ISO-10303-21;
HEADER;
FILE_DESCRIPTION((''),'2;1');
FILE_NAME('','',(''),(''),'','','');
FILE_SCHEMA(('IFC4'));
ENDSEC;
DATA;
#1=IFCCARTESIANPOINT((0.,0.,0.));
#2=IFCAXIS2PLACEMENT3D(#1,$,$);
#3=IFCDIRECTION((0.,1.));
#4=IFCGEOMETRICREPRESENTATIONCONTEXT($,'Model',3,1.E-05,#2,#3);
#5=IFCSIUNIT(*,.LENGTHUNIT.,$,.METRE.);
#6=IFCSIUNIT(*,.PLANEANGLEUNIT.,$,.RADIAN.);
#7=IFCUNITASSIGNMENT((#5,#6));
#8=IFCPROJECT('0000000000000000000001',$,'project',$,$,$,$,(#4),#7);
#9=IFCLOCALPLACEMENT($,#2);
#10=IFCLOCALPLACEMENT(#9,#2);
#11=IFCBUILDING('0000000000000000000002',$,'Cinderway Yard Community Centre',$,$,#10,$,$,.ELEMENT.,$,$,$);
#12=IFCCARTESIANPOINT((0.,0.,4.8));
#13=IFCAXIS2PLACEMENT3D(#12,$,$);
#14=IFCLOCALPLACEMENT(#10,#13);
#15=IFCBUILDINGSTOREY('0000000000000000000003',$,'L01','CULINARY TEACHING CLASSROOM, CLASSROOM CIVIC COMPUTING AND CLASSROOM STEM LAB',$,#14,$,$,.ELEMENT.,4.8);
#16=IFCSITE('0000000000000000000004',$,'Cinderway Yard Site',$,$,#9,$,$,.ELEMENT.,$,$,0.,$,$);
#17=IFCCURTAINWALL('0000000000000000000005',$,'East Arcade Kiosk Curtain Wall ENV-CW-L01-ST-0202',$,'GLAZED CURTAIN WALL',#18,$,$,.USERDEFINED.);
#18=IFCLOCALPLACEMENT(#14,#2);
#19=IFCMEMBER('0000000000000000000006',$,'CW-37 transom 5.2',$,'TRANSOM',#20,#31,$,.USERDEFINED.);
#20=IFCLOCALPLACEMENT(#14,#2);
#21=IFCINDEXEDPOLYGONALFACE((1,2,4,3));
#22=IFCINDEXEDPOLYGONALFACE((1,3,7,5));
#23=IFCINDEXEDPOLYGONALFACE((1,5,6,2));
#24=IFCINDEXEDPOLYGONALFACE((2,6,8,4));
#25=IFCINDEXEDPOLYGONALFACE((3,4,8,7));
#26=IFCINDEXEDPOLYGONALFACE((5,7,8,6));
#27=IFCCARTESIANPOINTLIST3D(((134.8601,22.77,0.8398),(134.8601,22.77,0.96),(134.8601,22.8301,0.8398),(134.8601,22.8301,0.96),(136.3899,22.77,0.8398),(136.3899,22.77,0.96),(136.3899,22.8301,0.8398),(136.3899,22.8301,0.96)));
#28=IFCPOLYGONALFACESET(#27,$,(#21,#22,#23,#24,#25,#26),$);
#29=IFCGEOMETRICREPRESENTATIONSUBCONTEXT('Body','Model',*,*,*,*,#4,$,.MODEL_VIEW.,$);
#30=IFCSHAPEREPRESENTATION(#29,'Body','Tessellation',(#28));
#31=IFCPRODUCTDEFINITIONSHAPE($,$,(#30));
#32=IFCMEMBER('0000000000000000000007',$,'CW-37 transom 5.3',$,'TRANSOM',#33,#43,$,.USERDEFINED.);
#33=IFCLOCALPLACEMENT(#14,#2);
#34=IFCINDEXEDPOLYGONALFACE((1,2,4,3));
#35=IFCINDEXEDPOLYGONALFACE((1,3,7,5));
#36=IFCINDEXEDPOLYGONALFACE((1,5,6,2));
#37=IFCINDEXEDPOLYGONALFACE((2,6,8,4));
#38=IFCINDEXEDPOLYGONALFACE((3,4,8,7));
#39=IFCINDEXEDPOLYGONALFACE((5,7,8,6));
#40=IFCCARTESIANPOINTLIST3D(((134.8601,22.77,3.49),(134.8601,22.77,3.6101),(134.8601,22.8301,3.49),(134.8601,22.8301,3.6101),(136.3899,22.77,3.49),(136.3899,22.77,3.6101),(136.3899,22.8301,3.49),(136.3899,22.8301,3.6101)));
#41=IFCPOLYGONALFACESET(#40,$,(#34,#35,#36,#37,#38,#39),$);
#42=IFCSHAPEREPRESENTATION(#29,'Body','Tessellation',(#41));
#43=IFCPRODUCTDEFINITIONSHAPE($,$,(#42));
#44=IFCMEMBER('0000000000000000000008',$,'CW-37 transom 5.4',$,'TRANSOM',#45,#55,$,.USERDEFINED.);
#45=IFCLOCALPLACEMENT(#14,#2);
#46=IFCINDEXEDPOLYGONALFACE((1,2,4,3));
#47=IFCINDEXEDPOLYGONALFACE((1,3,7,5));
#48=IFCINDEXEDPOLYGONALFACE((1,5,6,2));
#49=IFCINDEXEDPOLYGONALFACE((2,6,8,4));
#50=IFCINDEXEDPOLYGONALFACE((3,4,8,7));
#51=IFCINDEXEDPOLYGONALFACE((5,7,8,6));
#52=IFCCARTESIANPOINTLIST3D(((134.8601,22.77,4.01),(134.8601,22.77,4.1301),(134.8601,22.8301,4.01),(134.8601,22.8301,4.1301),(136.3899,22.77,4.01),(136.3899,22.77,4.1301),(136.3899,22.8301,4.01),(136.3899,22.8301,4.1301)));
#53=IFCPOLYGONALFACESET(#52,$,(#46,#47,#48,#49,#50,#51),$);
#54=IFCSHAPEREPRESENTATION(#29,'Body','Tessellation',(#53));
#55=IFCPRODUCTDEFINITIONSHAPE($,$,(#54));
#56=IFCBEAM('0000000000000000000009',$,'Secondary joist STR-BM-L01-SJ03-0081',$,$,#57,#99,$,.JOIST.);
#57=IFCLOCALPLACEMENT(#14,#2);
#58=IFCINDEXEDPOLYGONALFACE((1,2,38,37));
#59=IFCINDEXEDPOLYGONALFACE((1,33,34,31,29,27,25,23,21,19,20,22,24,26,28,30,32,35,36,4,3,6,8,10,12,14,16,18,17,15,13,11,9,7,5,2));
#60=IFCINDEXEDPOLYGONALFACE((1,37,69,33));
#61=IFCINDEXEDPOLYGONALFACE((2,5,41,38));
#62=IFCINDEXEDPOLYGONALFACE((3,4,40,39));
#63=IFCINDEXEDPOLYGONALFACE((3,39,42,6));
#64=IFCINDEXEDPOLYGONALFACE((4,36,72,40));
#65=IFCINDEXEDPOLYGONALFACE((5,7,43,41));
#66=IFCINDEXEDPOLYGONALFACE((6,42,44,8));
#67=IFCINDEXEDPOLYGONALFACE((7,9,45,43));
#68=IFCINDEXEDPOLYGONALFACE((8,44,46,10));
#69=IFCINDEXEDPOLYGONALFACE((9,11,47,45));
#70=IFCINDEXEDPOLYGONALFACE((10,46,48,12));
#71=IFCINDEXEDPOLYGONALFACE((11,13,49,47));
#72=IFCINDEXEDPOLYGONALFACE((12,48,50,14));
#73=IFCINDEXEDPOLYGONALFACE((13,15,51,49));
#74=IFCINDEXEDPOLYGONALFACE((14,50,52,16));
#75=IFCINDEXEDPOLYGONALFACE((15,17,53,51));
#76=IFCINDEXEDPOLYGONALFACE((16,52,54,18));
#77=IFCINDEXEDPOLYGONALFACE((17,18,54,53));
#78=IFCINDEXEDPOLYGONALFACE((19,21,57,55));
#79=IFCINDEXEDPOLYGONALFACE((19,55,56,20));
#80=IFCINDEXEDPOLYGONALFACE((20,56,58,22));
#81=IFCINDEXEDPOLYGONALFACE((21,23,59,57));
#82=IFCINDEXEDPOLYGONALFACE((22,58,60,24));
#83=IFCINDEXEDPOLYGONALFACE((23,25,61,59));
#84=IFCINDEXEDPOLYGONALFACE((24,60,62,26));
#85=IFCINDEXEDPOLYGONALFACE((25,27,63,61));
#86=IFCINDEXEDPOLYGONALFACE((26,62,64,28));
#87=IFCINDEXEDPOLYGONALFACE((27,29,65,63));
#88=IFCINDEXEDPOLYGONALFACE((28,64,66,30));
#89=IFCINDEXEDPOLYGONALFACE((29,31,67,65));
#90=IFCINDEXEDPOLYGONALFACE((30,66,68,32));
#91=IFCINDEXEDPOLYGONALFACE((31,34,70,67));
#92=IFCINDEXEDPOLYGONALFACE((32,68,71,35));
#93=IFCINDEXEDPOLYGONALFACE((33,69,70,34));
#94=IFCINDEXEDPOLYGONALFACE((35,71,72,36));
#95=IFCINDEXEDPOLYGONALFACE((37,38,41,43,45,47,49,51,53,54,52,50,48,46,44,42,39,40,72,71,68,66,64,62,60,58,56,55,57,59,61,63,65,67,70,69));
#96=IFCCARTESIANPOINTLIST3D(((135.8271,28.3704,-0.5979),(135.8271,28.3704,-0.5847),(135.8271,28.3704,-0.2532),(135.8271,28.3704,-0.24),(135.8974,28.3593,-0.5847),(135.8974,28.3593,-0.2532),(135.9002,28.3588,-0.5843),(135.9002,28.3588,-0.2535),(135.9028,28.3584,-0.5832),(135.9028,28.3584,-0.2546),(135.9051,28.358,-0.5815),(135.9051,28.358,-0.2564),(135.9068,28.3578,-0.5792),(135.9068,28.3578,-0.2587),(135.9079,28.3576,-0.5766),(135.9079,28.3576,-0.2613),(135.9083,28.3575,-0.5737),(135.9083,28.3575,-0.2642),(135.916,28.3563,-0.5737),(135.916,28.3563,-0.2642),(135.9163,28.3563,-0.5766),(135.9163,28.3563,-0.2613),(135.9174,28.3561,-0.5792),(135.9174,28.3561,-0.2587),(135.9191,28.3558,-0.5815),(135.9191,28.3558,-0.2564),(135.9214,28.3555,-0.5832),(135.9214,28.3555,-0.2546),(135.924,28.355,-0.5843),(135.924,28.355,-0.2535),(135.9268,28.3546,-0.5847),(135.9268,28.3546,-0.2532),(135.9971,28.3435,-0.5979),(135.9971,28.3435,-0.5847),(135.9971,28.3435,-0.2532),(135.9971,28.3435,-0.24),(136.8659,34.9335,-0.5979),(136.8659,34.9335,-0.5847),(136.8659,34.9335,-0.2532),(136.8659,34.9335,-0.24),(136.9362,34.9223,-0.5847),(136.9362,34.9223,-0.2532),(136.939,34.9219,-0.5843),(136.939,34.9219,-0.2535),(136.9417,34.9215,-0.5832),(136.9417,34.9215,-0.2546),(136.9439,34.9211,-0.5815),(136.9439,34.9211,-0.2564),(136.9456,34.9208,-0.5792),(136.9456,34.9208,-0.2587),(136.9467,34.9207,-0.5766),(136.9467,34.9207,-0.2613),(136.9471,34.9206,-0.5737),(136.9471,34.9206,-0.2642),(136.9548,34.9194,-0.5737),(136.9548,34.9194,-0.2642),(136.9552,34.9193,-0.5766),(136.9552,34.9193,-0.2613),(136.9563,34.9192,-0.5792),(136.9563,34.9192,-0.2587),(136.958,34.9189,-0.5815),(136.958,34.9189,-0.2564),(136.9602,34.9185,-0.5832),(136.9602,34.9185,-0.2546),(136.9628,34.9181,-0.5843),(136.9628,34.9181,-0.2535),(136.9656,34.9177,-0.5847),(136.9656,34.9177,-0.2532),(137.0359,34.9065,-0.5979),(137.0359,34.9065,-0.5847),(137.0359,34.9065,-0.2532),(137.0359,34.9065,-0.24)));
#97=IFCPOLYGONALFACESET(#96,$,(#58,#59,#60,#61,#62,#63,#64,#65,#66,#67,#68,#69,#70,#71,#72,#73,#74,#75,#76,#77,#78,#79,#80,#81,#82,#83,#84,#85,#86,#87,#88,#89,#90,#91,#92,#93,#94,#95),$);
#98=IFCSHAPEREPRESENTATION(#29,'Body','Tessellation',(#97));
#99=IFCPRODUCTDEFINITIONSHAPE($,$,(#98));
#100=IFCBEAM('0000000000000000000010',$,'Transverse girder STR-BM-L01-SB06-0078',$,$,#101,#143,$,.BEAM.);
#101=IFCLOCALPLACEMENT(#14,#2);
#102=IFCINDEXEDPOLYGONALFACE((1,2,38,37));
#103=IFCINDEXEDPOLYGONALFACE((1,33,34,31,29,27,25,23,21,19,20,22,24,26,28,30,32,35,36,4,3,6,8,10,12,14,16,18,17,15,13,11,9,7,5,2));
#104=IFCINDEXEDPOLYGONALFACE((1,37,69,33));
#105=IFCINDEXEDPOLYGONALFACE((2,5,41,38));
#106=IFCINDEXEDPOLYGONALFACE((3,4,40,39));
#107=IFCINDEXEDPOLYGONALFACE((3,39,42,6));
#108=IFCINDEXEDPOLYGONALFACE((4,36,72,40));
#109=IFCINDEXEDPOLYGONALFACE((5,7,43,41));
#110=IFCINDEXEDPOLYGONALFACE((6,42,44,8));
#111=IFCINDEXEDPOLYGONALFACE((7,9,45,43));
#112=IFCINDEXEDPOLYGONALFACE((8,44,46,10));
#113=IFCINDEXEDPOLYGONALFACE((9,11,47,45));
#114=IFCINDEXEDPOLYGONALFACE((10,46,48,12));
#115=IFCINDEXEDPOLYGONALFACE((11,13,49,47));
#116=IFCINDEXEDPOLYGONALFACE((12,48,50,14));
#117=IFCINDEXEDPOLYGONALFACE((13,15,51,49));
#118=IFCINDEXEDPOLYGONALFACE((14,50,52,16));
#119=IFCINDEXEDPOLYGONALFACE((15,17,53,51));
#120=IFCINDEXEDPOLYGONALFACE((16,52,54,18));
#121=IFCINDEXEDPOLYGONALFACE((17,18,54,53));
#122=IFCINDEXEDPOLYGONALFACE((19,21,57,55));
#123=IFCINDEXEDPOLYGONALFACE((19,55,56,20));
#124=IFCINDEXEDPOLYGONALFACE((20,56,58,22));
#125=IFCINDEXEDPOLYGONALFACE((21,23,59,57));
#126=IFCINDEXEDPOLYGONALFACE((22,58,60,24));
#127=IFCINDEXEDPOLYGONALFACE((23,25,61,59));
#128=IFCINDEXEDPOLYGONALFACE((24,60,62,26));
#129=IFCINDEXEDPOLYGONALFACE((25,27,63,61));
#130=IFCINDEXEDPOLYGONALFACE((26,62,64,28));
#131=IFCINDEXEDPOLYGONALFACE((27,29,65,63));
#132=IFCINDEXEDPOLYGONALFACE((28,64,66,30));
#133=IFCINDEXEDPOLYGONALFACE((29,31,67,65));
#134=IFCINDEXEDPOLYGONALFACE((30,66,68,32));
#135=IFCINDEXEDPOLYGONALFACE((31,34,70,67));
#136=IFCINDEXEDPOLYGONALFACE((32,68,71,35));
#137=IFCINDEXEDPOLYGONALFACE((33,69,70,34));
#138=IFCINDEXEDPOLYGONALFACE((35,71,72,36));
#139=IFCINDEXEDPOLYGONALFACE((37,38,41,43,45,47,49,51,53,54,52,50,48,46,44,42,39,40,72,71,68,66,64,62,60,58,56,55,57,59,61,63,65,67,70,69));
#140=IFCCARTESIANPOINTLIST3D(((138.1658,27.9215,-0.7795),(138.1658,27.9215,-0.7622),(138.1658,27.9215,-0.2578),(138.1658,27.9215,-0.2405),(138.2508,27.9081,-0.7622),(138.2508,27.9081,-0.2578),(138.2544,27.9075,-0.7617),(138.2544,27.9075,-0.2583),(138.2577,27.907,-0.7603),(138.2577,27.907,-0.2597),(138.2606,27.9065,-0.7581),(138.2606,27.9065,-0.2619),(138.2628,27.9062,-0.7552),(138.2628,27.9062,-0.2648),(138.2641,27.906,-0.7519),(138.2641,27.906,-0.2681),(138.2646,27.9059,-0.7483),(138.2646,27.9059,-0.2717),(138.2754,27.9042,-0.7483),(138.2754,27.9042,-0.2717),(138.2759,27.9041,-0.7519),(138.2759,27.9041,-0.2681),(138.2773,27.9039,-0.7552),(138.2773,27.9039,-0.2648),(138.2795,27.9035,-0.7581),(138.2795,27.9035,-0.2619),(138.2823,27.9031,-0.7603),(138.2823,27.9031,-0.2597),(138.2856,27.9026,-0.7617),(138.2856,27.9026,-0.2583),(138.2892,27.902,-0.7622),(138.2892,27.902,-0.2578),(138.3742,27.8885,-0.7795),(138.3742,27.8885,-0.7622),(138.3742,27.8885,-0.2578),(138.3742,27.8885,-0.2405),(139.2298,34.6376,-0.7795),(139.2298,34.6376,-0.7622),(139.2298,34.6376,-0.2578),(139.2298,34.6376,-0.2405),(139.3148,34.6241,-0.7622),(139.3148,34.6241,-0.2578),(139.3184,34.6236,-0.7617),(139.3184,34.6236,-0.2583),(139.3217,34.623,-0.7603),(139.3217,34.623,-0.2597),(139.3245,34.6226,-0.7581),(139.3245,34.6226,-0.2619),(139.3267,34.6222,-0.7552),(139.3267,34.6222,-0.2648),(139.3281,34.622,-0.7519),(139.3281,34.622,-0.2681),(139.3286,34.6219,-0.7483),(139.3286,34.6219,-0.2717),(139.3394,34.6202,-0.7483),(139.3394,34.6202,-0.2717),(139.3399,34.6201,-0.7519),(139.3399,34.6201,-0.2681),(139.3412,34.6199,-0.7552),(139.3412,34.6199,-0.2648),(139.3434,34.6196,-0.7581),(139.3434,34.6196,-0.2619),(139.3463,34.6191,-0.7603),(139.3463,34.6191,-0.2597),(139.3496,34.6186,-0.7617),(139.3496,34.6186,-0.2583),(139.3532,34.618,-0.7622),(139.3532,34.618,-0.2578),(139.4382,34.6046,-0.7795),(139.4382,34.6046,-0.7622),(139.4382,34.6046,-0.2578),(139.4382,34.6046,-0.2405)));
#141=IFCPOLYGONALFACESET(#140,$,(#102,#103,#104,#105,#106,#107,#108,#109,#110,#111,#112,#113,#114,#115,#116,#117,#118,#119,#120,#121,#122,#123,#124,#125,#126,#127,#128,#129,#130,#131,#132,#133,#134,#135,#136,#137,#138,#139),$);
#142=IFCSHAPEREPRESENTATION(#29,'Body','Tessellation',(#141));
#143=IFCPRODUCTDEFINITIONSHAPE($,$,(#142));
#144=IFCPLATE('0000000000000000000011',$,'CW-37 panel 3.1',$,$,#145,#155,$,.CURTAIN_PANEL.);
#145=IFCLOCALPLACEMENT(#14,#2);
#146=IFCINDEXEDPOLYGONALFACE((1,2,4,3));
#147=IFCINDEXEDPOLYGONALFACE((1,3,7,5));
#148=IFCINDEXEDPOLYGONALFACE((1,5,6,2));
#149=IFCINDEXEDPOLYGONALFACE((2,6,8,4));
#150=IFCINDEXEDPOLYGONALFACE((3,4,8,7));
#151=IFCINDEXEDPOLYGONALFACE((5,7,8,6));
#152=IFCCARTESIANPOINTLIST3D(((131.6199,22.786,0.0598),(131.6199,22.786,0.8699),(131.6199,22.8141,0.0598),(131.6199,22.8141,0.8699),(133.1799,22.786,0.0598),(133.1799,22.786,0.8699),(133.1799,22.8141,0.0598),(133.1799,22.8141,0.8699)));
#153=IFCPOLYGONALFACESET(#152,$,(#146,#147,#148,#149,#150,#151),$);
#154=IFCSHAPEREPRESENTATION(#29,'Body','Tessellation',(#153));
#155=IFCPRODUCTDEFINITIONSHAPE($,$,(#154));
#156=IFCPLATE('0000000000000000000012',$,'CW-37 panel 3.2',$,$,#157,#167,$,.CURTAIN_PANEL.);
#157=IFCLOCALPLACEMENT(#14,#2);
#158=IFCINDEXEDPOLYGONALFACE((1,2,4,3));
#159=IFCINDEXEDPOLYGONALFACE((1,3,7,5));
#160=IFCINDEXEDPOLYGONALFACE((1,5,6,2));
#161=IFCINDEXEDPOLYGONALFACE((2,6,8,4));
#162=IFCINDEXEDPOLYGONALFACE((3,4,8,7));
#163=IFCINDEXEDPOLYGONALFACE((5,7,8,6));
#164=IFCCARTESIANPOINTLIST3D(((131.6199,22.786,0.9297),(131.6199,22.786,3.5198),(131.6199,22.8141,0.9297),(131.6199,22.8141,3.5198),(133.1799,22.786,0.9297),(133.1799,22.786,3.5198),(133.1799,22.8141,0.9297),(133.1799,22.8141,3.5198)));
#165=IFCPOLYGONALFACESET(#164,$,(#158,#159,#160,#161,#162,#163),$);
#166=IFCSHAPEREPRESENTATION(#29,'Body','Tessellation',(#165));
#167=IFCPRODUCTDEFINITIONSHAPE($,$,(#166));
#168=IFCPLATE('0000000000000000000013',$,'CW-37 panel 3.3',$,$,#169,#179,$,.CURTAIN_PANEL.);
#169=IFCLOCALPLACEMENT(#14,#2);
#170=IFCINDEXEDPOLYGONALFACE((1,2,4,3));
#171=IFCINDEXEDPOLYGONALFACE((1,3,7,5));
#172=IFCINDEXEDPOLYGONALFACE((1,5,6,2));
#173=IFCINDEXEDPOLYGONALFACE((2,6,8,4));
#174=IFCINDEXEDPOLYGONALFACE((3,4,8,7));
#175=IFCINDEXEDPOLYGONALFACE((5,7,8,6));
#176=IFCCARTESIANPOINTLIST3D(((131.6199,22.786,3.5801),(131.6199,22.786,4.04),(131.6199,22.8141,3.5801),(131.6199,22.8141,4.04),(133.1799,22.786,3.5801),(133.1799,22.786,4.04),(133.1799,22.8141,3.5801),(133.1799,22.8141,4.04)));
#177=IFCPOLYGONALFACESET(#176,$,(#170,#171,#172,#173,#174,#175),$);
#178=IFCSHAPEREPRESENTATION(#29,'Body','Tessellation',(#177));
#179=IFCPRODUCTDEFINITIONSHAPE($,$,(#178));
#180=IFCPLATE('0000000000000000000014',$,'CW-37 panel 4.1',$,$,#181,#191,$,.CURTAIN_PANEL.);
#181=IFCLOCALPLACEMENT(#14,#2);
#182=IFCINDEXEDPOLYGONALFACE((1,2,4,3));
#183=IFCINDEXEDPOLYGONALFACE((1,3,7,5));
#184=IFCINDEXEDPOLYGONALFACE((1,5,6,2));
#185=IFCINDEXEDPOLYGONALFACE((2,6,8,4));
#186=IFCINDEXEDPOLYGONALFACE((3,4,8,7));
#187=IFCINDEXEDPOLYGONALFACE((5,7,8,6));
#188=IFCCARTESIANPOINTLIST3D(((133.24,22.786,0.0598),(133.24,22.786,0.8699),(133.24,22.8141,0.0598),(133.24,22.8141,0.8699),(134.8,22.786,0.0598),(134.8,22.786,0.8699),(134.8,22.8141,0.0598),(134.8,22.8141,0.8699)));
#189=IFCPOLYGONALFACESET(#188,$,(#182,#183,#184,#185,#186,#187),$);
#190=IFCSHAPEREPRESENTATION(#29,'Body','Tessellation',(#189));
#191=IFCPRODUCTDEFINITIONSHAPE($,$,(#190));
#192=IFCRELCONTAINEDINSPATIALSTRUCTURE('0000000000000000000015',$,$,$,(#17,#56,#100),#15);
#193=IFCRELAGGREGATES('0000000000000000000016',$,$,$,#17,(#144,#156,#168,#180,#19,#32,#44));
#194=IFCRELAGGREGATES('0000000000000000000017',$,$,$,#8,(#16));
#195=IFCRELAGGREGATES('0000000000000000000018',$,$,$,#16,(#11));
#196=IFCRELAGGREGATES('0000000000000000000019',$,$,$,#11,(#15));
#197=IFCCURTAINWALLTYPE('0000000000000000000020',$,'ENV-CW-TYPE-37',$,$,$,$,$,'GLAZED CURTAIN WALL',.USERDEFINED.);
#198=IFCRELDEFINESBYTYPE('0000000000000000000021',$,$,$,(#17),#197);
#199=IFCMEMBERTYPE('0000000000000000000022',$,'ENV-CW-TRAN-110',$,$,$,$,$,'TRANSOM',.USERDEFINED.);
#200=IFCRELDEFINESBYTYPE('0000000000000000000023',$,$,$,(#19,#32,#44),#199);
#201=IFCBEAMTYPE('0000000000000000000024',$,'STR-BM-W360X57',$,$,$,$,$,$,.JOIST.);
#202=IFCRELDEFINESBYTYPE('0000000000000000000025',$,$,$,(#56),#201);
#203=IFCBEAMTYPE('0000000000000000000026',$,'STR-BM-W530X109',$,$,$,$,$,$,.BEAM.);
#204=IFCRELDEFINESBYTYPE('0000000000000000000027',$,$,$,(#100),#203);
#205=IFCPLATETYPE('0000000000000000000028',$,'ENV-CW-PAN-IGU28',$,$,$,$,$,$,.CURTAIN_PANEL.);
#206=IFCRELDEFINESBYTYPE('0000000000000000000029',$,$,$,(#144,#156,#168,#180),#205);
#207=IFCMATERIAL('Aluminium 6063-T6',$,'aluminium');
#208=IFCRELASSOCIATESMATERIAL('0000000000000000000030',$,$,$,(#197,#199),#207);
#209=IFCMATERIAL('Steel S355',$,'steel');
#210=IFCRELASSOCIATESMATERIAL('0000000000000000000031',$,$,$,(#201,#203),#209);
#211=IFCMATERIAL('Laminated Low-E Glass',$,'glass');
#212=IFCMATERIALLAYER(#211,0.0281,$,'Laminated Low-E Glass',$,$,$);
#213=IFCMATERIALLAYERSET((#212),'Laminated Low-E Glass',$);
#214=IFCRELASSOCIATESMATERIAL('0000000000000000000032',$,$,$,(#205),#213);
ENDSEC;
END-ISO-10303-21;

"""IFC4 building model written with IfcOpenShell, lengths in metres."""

from ifc_helpers import new_model, si_unit, direction, frame, origin, origin_2d, place, context, subcontext, project, spatial, rectangle, i_section, extrude, material, layer, layer_set, material_profile, profile_set, type_object, element, aggregate, save


model = new_model("IFC4")

# Units and contexts
model_context = context("Model", 3, precision=1e-05, world=origin(), true_north=direction((0.0, 1.0)))
body_context = subcontext(model_context, "Body", "Model", "MODEL_VIEW")
ifc_project = project(units=[si_unit("LENGTHUNIT", "METRE"), si_unit("PLANEANGLEUNIT", "RADIAN")], contexts=[model_context])

# Site, building, storey
site_placement = place(None, origin())
site = spatial("IfcSite", under=ifc_project, at=site_placement, Name="Cinderway Yard Site", CompositionType="ELEMENT", RefElevation=0.0)
building_placement = place(site_placement, origin())
building = spatial("IfcBuilding", under=site, at=building_placement, Name="Cinderway Yard Community Centre", CompositionType="ELEMENT")
storey_placement = place(building_placement, frame((0.0, 0.0, 4.8)))
storey = spatial("IfcBuildingStorey", under=building, at=storey_placement, Name="L01", Description="CULINARY TEACHING CLASSROOM, CLASSROOM CIVIC COMPUTING AND CLASSROOM STEM LAB", CompositionType="ELEMENT", Elevation=4.8)

# Curtain wall, members
ifc_material_1 = material(Name="Aluminium 6063-T6", Category="aluminium")
curtain_wall_type = type_object("IfcCurtainWallType", Name="ENV-CW-TYPE-37", ElementType="GLAZED CURTAIN WALL", PredefinedType="USERDEFINED", material=ifc_material_1)
curtain_wall_placement = place(storey_placement, origin())
curtain_wall = element("IfcCurtainWall", 1, at=curtain_wall_placement, inside=storey, type_object=curtain_wall_type, Name="East Arcade Kiosk Curtain Wall ENV-CW-L01-ST-0202", ObjectType="GLAZED CURTAIN WALL", PredefinedType="USERDEFINED")
ifc_material_profile_1 = material_profile(ifc_material_1, rectangle(XDim=0.0601, YDim=0.1201, at=origin_2d()), Name="Aluminium 6063-T6")
ifc_profile_set_1 = profile_set([ifc_material_profile_1], Name="Aluminium 6063-T6")
member_type_1 = type_object("IfcMemberType", Name="ENV-CW-TRAN-110", ElementType="TRANSOM", PredefinedType="USERDEFINED", material=ifc_profile_set_1)
member_1_placement = place(storey_placement, frame((134.8601, 22.8, 0.8999), z_axis=(1.0, 0.0, 0.0), x_axis=(0.0, 1.0, 0.0)))
member_1 = element("IfcMember", 2, at=member_1_placement, type_object=member_type_1, Name="CW-37 transom 5.2", ObjectType="TRANSOM", PredefinedType="USERDEFINED", context=body_context, shape_type="SweptSolid", body=[
    extrude(rectangle(XDim=0.0601, YDim=0.1201, at=origin_2d()), origin(), (0.0, 0.0, 1.0), 1.5298),
])
member_2_placement = place(storey_placement, frame((134.8601, 22.8, 3.55), z_axis=(1.0, 0.0, 0.0), x_axis=(0.0, 1.0, 0.0)))
member_2 = element("IfcMember", 3, at=member_2_placement, type_object=member_type_1, Name="CW-37 transom 5.3", ObjectType="TRANSOM", PredefinedType="USERDEFINED", context=body_context, shape_type="SweptSolid", body=[
    extrude(rectangle(XDim=0.0601, YDim=0.1201, at=origin_2d()), origin(), (0.0, 0.0, 1.0), 1.5298),
])
member_3_placement = place(storey_placement, frame((134.8601, 22.8, 4.0701), z_axis=(1.0, 0.0, 0.0), x_axis=(0.0, 1.0, 0.0)))
member_3 = element("IfcMember", 4, at=member_3_placement, type_object=member_type_1, Name="CW-37 transom 5.4", ObjectType="TRANSOM", PredefinedType="USERDEFINED", context=body_context, shape_type="SweptSolid", body=[
    extrude(rectangle(XDim=0.0601, YDim=0.1201, at=origin_2d()), origin(), (0.0, 0.0, 1.0), 1.5298),
])

# Beams
ifc_material_2 = material(Name="Steel S355", Category="steel")
ifc_material_profile_2 = material_profile(ifc_material_2, i_section(OverallWidth=0.1721, OverallDepth=0.3579, WebThickness=0.0078, FlangeThickness=0.0132, FilletRadius=0.011, at=origin_2d()), Name="Steel S355")
ifc_profile_set_2 = profile_set([ifc_material_profile_2], Name="Steel S355")
beam_type_1 = type_object("IfcBeamType", Name="STR-BM-W360X57", PredefinedType="JOIST", material=ifc_profile_set_2)
beam_1_placement = place(storey_placement, frame((135.9121, 28.3569, -0.4189), z_axis=(0.156338, 0.987704, 0.0), x_axis=(-0.987704, 0.156338, 0.0)))
element("IfcBeam", 5, at=beam_1_placement, inside=storey, type_object=beam_type_1, Name="Secondary joist STR-BM-L01-SJ03-0081", PredefinedType="JOIST", context=body_context, shape_type="SweptSolid", body=[
    extrude(i_section(OverallWidth=0.1721, OverallDepth=0.3579, WebThickness=0.0078, FlangeThickness=0.0132, FilletRadius=0.011, at=origin_2d()), origin(), (0.0, 0.0, 1.0), 6.6448),
])
ifc_material_profile_3 = material_profile(ifc_material_2, i_section(OverallWidth=0.2109, OverallDepth=0.5391, WebThickness=0.011, FlangeThickness=0.0173, FilletRadius=0.0139, at=origin_2d()), Name="Steel S355")
ifc_profile_set_3 = profile_set([ifc_material_profile_3], Name="Steel S355")
beam_type_2 = type_object("IfcBeamType", Name="STR-BM-W530X109", PredefinedType="BEAM", material=ifc_profile_set_3)
beam_2_placement = place(storey_placement, frame((138.27, 27.905, -0.51), z_axis=(0.15647, 0.987683, 0.0), x_axis=(-0.987683, 0.15647, 0.0)))
element("IfcBeam", 6, at=beam_2_placement, inside=storey, type_object=beam_type_2, Name="Transverse girder STR-BM-L01-SB06-0078", PredefinedType="BEAM", context=body_context, shape_type="SweptSolid", body=[
    extrude(i_section(OverallWidth=0.2109, OverallDepth=0.5391, WebThickness=0.011, FlangeThickness=0.0173, FilletRadius=0.0139, at=origin_2d()), origin(), (0.0, 0.0, 1.0), 6.7998),
])

# Plates
ifc_material_3 = material(Name="Laminated Low-E Glass", Category="glass")
ifc_layer_1 = layer(ifc_material_3, 0.0281, Name="Laminated Low-E Glass")
ifc_layer_set_1 = layer_set([ifc_layer_1], Name="Laminated Low-E Glass")
plate_type = type_object("IfcPlateType", Name="ENV-CW-PAN-IGU28", PredefinedType="CURTAIN_PANEL", material=ifc_layer_set_1)
plate_1_placement = place(storey_placement, frame((132.3999, 22.8, 0.0598), z_axis=(0.0, 0.0, 1.0), x_axis=(1.0, 0.0, 0.0)))
plate_1 = element("IfcPlate", 7, at=plate_1_placement, type_object=plate_type, Name="CW-37 panel 3.1", PredefinedType="CURTAIN_PANEL", context=body_context, shape_type="SweptSolid", body=[
    extrude(rectangle(XDim=1.5601, YDim=0.0281, at=origin_2d()), origin(), (0.0, 0.0, 1.0), 0.8101),
])
plate_2_placement = place(storey_placement, frame((132.3999, 22.8, 0.9297), z_axis=(0.0, 0.0, 1.0), x_axis=(1.0, 0.0, 0.0)))
plate_2 = element("IfcPlate", 8, at=plate_2_placement, type_object=plate_type, Name="CW-37 panel 3.2", PredefinedType="CURTAIN_PANEL", context=body_context, shape_type="SweptSolid", body=[
    extrude(rectangle(XDim=1.5601, YDim=0.0281, at=origin_2d()), origin(), (0.0, 0.0, 1.0), 2.5901),
])
plate_3_placement = place(storey_placement, frame((132.3999, 22.8, 3.5801), z_axis=(0.0, 0.0, 1.0), x_axis=(1.0, 0.0, 0.0)))
plate_3 = element("IfcPlate", 9, at=plate_3_placement, type_object=plate_type, Name="CW-37 panel 3.3", PredefinedType="CURTAIN_PANEL", context=body_context, shape_type="SweptSolid", body=[
    extrude(rectangle(XDim=1.5601, YDim=0.0281, at=origin_2d()), origin(), (0.0, 0.0, 1.0), 0.46),
])
plate_4_placement = place(storey_placement, frame((134.02, 22.8, 0.0598), z_axis=(0.0, 0.0, 1.0), x_axis=(1.0, 0.0, 0.0)))
plate_4 = element("IfcPlate", 10, at=plate_4_placement, type_object=plate_type, Name="CW-37 panel 4.1", PredefinedType="CURTAIN_PANEL", context=body_context, shape_type="SweptSolid", body=[
    extrude(rectangle(XDim=1.5601, YDim=0.0281, at=origin_2d()), origin(), (0.0, 0.0, 1.0), 0.8101),
])
aggregate(curtain_wall, [plate_1, plate_2, plate_3, plate_4, member_1, member_2, member_3])

save(model, "model.ifc")
